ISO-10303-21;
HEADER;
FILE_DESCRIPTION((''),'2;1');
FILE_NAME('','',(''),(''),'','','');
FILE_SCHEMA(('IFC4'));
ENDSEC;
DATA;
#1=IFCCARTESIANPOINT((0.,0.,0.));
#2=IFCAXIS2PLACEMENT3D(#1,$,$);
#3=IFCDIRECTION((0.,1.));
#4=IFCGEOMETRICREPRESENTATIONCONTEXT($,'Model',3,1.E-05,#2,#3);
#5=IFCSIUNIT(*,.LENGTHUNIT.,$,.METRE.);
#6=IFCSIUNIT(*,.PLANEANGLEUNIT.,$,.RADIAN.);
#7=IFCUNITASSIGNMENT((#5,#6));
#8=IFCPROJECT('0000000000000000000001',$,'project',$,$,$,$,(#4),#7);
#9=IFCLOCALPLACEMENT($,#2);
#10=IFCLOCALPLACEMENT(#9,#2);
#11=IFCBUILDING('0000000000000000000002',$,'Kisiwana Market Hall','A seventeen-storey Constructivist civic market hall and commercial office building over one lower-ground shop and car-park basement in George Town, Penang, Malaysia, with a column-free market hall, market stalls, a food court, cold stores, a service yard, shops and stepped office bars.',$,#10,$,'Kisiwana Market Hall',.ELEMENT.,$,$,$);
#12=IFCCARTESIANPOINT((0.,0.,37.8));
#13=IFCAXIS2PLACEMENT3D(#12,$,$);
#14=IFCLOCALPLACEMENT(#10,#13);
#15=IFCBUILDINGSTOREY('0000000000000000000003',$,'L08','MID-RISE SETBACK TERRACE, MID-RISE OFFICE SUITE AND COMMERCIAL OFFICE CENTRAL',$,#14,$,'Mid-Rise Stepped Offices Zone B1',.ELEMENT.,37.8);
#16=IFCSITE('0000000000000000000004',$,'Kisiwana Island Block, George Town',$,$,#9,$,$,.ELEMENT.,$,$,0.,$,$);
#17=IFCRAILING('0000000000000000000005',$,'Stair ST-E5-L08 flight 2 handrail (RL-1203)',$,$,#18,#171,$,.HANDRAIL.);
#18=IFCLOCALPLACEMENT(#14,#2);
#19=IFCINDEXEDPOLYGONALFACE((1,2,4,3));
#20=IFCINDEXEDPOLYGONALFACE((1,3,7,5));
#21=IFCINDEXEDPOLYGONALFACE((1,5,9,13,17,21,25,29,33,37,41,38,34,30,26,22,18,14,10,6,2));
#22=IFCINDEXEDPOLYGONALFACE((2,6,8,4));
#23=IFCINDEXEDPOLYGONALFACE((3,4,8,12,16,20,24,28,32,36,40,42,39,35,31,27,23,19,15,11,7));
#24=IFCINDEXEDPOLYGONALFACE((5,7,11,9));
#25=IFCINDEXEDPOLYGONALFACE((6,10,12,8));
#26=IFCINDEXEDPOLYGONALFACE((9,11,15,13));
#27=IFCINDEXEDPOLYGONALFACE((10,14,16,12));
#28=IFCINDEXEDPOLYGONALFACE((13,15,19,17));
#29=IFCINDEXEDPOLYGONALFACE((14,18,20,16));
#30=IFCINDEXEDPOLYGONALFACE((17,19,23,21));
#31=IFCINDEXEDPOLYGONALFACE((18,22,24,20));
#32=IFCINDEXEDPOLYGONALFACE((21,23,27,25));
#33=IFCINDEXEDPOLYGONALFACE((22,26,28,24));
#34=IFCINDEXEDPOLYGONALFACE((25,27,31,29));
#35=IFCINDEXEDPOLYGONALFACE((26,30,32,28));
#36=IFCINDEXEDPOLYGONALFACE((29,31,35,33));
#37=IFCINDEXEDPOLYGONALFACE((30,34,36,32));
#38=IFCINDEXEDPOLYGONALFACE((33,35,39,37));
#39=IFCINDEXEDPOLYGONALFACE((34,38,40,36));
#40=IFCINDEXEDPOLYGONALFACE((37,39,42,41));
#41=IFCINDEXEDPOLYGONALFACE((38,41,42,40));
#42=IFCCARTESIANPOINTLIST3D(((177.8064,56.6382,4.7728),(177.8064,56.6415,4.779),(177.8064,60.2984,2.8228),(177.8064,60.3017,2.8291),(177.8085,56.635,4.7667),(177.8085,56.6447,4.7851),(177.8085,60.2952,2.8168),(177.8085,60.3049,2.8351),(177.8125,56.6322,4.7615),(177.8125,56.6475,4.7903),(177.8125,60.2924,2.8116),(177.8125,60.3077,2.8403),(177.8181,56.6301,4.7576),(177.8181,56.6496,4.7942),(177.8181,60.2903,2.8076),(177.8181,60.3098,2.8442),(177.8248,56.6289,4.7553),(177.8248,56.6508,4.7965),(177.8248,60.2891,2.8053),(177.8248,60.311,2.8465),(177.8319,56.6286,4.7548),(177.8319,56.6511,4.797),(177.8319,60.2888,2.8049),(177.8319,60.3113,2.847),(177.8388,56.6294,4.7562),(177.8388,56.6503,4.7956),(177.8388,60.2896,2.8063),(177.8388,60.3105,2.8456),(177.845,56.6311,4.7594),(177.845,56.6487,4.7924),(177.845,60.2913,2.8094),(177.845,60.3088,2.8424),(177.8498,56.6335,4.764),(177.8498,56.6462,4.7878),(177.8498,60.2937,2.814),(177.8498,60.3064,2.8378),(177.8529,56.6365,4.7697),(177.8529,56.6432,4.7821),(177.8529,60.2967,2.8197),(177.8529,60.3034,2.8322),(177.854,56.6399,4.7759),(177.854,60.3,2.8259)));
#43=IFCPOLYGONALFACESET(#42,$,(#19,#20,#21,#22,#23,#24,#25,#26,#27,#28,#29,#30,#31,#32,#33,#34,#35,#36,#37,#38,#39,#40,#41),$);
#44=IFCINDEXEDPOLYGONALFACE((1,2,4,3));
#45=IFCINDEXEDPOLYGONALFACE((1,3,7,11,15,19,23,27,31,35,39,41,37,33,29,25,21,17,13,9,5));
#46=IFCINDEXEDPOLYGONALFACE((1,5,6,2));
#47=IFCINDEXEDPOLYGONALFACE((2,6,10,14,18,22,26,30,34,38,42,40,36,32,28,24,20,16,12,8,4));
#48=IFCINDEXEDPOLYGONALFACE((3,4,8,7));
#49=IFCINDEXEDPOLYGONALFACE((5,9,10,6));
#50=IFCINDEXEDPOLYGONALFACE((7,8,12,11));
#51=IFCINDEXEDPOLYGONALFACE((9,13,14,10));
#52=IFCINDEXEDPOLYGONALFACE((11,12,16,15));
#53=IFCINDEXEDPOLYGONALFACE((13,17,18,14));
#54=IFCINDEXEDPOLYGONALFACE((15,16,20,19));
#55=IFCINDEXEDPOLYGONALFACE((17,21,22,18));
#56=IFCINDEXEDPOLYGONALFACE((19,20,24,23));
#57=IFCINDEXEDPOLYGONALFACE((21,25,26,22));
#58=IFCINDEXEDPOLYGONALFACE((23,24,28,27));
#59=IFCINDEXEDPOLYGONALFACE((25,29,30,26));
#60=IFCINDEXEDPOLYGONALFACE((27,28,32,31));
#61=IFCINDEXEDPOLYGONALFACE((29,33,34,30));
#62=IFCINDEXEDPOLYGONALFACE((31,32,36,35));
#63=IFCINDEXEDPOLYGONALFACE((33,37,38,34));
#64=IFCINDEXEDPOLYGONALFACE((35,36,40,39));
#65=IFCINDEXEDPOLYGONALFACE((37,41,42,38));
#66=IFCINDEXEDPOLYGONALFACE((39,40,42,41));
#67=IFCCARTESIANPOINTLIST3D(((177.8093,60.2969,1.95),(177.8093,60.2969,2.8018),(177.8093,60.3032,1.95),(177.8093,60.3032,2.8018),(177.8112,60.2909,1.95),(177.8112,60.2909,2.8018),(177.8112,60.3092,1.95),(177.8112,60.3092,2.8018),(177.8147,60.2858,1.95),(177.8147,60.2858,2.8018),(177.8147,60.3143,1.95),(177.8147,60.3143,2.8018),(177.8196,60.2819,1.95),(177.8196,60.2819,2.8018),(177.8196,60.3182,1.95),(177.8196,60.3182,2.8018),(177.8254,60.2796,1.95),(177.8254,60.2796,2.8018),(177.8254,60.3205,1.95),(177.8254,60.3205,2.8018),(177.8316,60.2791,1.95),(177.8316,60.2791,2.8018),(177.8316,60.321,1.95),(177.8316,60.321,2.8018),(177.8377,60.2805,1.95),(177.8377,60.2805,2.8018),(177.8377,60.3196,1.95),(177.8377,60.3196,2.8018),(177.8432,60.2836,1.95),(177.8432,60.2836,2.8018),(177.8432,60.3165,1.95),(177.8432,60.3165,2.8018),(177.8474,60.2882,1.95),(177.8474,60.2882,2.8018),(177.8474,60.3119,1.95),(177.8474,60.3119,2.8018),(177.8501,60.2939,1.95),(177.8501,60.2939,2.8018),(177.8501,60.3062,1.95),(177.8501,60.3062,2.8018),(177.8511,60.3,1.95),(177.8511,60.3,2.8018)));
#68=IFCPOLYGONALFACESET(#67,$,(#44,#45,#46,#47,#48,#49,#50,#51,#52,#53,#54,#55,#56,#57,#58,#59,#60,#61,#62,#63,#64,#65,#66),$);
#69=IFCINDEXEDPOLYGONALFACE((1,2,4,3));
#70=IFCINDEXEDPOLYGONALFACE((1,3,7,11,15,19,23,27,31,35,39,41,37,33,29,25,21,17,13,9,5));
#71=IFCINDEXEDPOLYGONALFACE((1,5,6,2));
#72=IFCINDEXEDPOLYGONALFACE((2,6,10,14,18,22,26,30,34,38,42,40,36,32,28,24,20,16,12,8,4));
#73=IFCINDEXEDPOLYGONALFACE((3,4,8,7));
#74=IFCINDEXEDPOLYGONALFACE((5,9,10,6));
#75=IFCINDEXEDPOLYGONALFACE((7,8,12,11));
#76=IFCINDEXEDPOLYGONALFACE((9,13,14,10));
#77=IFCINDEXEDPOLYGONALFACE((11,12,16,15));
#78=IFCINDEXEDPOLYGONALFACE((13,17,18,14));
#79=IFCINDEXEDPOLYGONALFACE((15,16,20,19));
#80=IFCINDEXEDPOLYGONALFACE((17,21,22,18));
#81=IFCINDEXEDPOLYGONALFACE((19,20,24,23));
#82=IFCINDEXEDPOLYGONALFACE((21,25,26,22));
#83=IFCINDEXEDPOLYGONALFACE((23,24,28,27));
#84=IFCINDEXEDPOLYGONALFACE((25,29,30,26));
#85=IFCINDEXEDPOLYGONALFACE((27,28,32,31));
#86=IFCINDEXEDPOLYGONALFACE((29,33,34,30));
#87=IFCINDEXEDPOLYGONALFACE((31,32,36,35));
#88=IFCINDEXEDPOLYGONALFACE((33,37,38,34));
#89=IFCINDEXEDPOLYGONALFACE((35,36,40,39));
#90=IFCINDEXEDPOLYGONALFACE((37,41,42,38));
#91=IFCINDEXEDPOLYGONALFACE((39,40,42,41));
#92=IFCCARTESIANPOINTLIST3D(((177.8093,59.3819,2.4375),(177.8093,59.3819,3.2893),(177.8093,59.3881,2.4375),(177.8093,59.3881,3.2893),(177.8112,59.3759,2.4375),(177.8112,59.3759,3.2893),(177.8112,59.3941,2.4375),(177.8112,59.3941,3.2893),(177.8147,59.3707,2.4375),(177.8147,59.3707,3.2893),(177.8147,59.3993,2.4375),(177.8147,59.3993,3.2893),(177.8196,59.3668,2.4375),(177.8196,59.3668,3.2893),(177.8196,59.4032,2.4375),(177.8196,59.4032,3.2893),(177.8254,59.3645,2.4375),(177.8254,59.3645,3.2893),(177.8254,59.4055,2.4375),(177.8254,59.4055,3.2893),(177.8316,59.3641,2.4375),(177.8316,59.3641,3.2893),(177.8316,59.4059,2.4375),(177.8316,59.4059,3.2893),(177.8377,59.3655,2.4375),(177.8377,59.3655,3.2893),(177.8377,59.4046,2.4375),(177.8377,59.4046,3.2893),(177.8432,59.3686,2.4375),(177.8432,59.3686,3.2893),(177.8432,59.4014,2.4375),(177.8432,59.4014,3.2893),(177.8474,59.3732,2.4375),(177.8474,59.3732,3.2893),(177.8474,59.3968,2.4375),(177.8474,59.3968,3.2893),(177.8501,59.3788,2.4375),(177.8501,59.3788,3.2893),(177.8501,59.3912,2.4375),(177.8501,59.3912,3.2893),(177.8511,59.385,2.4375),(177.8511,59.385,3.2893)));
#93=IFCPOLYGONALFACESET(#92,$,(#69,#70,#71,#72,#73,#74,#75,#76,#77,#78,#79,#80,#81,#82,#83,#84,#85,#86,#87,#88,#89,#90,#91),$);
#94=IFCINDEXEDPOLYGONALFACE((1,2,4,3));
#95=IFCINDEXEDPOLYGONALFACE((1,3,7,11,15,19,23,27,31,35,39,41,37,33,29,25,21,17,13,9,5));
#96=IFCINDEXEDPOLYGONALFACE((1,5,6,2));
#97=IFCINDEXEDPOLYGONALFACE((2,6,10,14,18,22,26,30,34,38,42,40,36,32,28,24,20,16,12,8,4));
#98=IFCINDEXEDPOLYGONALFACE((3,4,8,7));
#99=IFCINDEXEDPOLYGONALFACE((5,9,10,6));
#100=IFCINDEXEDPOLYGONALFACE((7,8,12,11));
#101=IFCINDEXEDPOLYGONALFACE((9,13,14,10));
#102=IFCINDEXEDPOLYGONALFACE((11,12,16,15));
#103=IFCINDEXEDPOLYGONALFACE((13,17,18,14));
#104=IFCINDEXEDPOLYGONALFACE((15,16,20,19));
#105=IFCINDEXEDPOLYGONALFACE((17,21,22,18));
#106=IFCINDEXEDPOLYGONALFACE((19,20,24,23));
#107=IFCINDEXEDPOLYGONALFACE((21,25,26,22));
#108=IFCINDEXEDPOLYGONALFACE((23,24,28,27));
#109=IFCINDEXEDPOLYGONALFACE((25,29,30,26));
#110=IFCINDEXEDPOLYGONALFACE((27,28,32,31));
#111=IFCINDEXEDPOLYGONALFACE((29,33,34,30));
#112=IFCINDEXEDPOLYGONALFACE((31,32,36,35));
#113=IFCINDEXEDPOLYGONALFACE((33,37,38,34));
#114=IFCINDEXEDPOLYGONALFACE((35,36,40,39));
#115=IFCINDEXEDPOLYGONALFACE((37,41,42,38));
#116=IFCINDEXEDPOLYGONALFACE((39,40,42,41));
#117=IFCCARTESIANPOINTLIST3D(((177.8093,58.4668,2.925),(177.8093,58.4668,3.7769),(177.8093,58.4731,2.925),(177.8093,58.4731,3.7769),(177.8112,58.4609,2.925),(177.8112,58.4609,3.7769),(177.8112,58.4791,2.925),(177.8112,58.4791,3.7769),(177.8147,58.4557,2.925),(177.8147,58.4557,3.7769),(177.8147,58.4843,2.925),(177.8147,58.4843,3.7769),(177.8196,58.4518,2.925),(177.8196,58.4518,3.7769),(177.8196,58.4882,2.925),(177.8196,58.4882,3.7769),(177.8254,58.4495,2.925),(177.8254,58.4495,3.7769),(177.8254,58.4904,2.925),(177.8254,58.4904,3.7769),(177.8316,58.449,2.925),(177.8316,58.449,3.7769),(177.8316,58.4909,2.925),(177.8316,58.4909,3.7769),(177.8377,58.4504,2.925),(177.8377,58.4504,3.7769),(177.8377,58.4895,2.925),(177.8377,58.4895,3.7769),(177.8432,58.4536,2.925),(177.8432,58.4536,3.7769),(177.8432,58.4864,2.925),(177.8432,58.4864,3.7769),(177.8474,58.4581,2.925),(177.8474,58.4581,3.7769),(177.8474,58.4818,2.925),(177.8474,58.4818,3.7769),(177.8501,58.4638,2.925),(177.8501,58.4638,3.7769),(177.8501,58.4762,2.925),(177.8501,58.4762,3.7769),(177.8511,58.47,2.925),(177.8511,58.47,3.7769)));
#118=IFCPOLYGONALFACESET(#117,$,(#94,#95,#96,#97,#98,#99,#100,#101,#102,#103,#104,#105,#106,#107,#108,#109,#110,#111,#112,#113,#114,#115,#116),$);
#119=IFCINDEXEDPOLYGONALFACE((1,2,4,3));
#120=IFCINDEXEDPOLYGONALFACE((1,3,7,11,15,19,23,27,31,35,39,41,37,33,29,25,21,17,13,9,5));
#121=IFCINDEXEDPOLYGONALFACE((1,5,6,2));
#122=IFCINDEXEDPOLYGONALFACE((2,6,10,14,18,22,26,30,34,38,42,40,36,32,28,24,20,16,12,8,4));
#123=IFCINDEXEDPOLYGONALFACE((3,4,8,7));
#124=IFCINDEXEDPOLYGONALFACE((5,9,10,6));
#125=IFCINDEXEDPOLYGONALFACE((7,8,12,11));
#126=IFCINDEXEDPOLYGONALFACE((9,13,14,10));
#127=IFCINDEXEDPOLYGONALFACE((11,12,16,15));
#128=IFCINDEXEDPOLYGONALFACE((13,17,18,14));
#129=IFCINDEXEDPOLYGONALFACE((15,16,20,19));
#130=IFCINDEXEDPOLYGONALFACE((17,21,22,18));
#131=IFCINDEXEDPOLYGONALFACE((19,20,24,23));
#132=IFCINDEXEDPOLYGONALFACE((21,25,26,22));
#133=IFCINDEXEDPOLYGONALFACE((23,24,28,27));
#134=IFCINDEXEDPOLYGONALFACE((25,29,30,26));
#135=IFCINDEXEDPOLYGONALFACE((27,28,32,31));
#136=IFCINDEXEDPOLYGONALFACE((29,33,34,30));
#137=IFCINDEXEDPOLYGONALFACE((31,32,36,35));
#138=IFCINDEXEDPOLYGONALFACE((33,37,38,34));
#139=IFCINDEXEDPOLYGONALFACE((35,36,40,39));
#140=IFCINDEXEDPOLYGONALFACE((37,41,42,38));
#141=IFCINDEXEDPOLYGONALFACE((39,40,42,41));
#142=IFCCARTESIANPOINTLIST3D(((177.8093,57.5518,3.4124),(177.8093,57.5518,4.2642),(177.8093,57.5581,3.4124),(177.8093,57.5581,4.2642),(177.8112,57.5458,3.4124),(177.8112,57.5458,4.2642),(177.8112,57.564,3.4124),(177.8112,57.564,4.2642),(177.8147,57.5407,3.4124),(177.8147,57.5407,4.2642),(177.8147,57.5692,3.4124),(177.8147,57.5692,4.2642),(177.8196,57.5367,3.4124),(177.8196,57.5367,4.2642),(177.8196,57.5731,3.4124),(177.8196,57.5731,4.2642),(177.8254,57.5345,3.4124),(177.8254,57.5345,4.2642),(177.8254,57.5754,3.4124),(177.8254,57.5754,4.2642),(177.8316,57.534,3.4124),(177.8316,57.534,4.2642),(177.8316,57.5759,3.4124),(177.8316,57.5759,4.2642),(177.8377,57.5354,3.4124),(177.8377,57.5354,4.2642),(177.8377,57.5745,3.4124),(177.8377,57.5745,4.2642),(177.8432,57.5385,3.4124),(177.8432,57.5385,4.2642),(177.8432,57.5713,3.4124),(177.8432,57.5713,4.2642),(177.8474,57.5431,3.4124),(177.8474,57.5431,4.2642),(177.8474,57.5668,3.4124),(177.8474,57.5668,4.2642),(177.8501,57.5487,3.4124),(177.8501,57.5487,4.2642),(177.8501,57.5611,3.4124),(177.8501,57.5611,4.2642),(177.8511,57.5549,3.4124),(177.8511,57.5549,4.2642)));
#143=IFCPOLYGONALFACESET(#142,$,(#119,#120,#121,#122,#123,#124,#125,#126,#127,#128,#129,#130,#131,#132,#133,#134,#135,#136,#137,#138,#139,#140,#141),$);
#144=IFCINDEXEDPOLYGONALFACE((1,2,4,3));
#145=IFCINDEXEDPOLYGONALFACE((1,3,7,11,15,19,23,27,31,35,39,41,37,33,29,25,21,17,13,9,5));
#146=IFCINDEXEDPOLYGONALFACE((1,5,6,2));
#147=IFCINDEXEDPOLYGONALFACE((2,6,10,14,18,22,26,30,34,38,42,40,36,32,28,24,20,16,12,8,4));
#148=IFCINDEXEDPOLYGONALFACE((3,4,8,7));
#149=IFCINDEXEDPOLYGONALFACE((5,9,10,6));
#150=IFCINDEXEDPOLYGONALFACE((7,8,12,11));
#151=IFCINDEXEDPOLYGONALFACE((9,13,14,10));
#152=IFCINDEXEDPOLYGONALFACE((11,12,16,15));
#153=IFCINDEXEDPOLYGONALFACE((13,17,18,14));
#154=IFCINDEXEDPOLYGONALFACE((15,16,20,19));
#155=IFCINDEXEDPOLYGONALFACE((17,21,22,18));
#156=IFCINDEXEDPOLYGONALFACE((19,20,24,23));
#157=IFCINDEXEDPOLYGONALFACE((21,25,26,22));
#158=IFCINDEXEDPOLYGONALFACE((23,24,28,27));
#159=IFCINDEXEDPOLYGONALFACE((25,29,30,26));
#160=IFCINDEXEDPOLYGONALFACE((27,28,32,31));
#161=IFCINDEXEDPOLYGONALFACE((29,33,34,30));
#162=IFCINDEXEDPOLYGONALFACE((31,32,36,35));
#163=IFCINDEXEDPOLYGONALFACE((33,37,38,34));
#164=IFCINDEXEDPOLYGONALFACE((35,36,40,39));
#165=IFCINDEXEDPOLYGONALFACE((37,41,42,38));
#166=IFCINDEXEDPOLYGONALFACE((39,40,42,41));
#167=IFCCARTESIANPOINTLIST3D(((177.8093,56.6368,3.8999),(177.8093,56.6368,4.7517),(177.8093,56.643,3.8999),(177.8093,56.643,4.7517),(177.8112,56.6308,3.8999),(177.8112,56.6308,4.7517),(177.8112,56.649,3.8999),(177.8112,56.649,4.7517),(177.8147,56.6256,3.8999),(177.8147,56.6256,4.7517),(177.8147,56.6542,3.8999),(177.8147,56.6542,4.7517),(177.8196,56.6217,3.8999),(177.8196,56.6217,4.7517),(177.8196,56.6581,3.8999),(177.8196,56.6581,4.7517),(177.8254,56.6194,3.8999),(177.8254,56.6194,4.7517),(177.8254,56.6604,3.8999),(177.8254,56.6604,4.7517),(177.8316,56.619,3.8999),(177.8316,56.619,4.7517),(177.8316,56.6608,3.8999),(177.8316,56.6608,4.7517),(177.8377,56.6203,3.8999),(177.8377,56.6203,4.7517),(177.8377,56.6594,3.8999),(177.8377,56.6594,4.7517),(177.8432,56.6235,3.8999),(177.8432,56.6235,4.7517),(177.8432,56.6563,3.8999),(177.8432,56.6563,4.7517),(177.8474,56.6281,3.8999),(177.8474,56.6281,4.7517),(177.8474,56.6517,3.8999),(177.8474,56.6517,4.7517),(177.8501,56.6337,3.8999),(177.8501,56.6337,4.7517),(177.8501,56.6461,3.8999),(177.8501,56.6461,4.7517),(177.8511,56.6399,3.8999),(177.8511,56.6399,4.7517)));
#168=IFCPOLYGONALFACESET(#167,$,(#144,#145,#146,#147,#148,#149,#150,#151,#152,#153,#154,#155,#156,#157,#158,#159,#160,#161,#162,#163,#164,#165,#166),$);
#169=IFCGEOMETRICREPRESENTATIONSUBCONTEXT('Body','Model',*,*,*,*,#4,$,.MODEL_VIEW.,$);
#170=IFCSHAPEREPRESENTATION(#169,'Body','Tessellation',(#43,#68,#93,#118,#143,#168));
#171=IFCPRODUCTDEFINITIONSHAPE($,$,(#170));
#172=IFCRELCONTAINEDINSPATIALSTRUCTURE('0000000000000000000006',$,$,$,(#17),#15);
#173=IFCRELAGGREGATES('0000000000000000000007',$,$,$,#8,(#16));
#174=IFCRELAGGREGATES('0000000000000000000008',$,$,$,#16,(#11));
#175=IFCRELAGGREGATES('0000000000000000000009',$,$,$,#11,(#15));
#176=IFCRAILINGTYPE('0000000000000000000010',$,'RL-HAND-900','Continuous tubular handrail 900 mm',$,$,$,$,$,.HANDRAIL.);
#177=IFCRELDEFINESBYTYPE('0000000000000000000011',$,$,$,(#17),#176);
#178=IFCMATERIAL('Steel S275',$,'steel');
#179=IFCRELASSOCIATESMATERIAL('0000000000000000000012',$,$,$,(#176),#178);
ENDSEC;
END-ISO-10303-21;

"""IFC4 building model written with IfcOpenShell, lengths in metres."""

from ifc_helpers import new_model, si_unit, direction, frame, origin, origin_2d, place, context, subcontext, project, spatial, circle, extrude, material, type_object, element, save


model = new_model("IFC4")

# Units and contexts
model_context = context("Model", 3, precision=1e-05, world=origin(), true_north=direction((0.0, 1.0)))
body_context = subcontext(model_context, "Body", "Model", "MODEL_VIEW")
ifc_project = project(units=[si_unit("LENGTHUNIT", "METRE"), si_unit("PLANEANGLEUNIT", "RADIAN")], contexts=[model_context])

# Site, building, storey
site_placement = place(None, origin())
site = spatial("IfcSite", under=ifc_project, at=site_placement, Name="Kisiwana Island Block, George Town", CompositionType="ELEMENT", RefElevation=0.0)
building_placement = place(site_placement, origin())
building = spatial("IfcBuilding", under=site, at=building_placement, Name="Kisiwana Market Hall", Description="A seventeen-storey Constructivist civic market hall and commercial office building over one lower-ground shop and car-park basement in George Town, Penang, Malaysia, with a column-free market hall, market stalls, a food court, cold stores, a service yard, shops and stepped office bars.", LongName="Kisiwana Market Hall", CompositionType="ELEMENT")
storey_placement = place(building_placement, frame((0.0, 0.0, 37.8)))
storey = spatial("IfcBuildingStorey", under=building, at=storey_placement, Name="L08", Description="MID-RISE SETBACK TERRACE, MID-RISE OFFICE SUITE AND COMMERCIAL OFFICE CENTRAL", LongName="Mid-Rise Stepped Offices Zone B1", CompositionType="ELEMENT", Elevation=37.8)

# Railing
ifc_material_1 = material(Name="Steel S275", Category="steel")
railing_type_1 = type_object("IfcRailingType", Name="RL-HAND-900", Description="Continuous tubular handrail 900 mm", PredefinedType="HANDRAIL", material=ifc_material_1)
railing_1_placement = place(storey_placement, frame((177.8301, 60.3, 1.95)))
element("IfcRailing", 1, at=railing_1_placement, inside=storey, type_object=railing_type_1, Name="Stair ST-E5-L08 flight 2 handrail (RL-1203)", PredefinedType="HANDRAIL", context=body_context, shape_type="SweptSolid", body=[
    extrude(circle(Radius=0.0239, at=origin_2d()), frame((0.0, 0.0, 0.876), z_axis=(0.0, -0.882566, 0.470188), x_axis=(1.0, 0.0, 0.0)), (0.0, 0.0, 1.0), 4.1472),
    extrude(circle(Radius=0.021, at=origin_2d()), origin(), (0.0, 0.0, 1.0), 0.8518),
    extrude(circle(Radius=0.021, at=origin_2d()), frame((0.0, -0.915, 0.4875)), (0.0, 0.0, 1.0), 0.8518),
    extrude(circle(Radius=0.021, at=origin_2d()), frame((0.0, -1.8301, 0.9751)), (0.0, 0.0, 1.0), 0.8518),
    extrude(circle(Radius=0.021, at=origin_2d()), frame((0.0, -2.7451, 1.4624)), (0.0, 0.0, 1.0), 0.8518),
    extrude(circle(Radius=0.021, at=origin_2d()), frame((0.0, -3.6602, 1.95)), (0.0, 0.0, 1.0), 0.8518),
])

save(model, "model.ifc")
